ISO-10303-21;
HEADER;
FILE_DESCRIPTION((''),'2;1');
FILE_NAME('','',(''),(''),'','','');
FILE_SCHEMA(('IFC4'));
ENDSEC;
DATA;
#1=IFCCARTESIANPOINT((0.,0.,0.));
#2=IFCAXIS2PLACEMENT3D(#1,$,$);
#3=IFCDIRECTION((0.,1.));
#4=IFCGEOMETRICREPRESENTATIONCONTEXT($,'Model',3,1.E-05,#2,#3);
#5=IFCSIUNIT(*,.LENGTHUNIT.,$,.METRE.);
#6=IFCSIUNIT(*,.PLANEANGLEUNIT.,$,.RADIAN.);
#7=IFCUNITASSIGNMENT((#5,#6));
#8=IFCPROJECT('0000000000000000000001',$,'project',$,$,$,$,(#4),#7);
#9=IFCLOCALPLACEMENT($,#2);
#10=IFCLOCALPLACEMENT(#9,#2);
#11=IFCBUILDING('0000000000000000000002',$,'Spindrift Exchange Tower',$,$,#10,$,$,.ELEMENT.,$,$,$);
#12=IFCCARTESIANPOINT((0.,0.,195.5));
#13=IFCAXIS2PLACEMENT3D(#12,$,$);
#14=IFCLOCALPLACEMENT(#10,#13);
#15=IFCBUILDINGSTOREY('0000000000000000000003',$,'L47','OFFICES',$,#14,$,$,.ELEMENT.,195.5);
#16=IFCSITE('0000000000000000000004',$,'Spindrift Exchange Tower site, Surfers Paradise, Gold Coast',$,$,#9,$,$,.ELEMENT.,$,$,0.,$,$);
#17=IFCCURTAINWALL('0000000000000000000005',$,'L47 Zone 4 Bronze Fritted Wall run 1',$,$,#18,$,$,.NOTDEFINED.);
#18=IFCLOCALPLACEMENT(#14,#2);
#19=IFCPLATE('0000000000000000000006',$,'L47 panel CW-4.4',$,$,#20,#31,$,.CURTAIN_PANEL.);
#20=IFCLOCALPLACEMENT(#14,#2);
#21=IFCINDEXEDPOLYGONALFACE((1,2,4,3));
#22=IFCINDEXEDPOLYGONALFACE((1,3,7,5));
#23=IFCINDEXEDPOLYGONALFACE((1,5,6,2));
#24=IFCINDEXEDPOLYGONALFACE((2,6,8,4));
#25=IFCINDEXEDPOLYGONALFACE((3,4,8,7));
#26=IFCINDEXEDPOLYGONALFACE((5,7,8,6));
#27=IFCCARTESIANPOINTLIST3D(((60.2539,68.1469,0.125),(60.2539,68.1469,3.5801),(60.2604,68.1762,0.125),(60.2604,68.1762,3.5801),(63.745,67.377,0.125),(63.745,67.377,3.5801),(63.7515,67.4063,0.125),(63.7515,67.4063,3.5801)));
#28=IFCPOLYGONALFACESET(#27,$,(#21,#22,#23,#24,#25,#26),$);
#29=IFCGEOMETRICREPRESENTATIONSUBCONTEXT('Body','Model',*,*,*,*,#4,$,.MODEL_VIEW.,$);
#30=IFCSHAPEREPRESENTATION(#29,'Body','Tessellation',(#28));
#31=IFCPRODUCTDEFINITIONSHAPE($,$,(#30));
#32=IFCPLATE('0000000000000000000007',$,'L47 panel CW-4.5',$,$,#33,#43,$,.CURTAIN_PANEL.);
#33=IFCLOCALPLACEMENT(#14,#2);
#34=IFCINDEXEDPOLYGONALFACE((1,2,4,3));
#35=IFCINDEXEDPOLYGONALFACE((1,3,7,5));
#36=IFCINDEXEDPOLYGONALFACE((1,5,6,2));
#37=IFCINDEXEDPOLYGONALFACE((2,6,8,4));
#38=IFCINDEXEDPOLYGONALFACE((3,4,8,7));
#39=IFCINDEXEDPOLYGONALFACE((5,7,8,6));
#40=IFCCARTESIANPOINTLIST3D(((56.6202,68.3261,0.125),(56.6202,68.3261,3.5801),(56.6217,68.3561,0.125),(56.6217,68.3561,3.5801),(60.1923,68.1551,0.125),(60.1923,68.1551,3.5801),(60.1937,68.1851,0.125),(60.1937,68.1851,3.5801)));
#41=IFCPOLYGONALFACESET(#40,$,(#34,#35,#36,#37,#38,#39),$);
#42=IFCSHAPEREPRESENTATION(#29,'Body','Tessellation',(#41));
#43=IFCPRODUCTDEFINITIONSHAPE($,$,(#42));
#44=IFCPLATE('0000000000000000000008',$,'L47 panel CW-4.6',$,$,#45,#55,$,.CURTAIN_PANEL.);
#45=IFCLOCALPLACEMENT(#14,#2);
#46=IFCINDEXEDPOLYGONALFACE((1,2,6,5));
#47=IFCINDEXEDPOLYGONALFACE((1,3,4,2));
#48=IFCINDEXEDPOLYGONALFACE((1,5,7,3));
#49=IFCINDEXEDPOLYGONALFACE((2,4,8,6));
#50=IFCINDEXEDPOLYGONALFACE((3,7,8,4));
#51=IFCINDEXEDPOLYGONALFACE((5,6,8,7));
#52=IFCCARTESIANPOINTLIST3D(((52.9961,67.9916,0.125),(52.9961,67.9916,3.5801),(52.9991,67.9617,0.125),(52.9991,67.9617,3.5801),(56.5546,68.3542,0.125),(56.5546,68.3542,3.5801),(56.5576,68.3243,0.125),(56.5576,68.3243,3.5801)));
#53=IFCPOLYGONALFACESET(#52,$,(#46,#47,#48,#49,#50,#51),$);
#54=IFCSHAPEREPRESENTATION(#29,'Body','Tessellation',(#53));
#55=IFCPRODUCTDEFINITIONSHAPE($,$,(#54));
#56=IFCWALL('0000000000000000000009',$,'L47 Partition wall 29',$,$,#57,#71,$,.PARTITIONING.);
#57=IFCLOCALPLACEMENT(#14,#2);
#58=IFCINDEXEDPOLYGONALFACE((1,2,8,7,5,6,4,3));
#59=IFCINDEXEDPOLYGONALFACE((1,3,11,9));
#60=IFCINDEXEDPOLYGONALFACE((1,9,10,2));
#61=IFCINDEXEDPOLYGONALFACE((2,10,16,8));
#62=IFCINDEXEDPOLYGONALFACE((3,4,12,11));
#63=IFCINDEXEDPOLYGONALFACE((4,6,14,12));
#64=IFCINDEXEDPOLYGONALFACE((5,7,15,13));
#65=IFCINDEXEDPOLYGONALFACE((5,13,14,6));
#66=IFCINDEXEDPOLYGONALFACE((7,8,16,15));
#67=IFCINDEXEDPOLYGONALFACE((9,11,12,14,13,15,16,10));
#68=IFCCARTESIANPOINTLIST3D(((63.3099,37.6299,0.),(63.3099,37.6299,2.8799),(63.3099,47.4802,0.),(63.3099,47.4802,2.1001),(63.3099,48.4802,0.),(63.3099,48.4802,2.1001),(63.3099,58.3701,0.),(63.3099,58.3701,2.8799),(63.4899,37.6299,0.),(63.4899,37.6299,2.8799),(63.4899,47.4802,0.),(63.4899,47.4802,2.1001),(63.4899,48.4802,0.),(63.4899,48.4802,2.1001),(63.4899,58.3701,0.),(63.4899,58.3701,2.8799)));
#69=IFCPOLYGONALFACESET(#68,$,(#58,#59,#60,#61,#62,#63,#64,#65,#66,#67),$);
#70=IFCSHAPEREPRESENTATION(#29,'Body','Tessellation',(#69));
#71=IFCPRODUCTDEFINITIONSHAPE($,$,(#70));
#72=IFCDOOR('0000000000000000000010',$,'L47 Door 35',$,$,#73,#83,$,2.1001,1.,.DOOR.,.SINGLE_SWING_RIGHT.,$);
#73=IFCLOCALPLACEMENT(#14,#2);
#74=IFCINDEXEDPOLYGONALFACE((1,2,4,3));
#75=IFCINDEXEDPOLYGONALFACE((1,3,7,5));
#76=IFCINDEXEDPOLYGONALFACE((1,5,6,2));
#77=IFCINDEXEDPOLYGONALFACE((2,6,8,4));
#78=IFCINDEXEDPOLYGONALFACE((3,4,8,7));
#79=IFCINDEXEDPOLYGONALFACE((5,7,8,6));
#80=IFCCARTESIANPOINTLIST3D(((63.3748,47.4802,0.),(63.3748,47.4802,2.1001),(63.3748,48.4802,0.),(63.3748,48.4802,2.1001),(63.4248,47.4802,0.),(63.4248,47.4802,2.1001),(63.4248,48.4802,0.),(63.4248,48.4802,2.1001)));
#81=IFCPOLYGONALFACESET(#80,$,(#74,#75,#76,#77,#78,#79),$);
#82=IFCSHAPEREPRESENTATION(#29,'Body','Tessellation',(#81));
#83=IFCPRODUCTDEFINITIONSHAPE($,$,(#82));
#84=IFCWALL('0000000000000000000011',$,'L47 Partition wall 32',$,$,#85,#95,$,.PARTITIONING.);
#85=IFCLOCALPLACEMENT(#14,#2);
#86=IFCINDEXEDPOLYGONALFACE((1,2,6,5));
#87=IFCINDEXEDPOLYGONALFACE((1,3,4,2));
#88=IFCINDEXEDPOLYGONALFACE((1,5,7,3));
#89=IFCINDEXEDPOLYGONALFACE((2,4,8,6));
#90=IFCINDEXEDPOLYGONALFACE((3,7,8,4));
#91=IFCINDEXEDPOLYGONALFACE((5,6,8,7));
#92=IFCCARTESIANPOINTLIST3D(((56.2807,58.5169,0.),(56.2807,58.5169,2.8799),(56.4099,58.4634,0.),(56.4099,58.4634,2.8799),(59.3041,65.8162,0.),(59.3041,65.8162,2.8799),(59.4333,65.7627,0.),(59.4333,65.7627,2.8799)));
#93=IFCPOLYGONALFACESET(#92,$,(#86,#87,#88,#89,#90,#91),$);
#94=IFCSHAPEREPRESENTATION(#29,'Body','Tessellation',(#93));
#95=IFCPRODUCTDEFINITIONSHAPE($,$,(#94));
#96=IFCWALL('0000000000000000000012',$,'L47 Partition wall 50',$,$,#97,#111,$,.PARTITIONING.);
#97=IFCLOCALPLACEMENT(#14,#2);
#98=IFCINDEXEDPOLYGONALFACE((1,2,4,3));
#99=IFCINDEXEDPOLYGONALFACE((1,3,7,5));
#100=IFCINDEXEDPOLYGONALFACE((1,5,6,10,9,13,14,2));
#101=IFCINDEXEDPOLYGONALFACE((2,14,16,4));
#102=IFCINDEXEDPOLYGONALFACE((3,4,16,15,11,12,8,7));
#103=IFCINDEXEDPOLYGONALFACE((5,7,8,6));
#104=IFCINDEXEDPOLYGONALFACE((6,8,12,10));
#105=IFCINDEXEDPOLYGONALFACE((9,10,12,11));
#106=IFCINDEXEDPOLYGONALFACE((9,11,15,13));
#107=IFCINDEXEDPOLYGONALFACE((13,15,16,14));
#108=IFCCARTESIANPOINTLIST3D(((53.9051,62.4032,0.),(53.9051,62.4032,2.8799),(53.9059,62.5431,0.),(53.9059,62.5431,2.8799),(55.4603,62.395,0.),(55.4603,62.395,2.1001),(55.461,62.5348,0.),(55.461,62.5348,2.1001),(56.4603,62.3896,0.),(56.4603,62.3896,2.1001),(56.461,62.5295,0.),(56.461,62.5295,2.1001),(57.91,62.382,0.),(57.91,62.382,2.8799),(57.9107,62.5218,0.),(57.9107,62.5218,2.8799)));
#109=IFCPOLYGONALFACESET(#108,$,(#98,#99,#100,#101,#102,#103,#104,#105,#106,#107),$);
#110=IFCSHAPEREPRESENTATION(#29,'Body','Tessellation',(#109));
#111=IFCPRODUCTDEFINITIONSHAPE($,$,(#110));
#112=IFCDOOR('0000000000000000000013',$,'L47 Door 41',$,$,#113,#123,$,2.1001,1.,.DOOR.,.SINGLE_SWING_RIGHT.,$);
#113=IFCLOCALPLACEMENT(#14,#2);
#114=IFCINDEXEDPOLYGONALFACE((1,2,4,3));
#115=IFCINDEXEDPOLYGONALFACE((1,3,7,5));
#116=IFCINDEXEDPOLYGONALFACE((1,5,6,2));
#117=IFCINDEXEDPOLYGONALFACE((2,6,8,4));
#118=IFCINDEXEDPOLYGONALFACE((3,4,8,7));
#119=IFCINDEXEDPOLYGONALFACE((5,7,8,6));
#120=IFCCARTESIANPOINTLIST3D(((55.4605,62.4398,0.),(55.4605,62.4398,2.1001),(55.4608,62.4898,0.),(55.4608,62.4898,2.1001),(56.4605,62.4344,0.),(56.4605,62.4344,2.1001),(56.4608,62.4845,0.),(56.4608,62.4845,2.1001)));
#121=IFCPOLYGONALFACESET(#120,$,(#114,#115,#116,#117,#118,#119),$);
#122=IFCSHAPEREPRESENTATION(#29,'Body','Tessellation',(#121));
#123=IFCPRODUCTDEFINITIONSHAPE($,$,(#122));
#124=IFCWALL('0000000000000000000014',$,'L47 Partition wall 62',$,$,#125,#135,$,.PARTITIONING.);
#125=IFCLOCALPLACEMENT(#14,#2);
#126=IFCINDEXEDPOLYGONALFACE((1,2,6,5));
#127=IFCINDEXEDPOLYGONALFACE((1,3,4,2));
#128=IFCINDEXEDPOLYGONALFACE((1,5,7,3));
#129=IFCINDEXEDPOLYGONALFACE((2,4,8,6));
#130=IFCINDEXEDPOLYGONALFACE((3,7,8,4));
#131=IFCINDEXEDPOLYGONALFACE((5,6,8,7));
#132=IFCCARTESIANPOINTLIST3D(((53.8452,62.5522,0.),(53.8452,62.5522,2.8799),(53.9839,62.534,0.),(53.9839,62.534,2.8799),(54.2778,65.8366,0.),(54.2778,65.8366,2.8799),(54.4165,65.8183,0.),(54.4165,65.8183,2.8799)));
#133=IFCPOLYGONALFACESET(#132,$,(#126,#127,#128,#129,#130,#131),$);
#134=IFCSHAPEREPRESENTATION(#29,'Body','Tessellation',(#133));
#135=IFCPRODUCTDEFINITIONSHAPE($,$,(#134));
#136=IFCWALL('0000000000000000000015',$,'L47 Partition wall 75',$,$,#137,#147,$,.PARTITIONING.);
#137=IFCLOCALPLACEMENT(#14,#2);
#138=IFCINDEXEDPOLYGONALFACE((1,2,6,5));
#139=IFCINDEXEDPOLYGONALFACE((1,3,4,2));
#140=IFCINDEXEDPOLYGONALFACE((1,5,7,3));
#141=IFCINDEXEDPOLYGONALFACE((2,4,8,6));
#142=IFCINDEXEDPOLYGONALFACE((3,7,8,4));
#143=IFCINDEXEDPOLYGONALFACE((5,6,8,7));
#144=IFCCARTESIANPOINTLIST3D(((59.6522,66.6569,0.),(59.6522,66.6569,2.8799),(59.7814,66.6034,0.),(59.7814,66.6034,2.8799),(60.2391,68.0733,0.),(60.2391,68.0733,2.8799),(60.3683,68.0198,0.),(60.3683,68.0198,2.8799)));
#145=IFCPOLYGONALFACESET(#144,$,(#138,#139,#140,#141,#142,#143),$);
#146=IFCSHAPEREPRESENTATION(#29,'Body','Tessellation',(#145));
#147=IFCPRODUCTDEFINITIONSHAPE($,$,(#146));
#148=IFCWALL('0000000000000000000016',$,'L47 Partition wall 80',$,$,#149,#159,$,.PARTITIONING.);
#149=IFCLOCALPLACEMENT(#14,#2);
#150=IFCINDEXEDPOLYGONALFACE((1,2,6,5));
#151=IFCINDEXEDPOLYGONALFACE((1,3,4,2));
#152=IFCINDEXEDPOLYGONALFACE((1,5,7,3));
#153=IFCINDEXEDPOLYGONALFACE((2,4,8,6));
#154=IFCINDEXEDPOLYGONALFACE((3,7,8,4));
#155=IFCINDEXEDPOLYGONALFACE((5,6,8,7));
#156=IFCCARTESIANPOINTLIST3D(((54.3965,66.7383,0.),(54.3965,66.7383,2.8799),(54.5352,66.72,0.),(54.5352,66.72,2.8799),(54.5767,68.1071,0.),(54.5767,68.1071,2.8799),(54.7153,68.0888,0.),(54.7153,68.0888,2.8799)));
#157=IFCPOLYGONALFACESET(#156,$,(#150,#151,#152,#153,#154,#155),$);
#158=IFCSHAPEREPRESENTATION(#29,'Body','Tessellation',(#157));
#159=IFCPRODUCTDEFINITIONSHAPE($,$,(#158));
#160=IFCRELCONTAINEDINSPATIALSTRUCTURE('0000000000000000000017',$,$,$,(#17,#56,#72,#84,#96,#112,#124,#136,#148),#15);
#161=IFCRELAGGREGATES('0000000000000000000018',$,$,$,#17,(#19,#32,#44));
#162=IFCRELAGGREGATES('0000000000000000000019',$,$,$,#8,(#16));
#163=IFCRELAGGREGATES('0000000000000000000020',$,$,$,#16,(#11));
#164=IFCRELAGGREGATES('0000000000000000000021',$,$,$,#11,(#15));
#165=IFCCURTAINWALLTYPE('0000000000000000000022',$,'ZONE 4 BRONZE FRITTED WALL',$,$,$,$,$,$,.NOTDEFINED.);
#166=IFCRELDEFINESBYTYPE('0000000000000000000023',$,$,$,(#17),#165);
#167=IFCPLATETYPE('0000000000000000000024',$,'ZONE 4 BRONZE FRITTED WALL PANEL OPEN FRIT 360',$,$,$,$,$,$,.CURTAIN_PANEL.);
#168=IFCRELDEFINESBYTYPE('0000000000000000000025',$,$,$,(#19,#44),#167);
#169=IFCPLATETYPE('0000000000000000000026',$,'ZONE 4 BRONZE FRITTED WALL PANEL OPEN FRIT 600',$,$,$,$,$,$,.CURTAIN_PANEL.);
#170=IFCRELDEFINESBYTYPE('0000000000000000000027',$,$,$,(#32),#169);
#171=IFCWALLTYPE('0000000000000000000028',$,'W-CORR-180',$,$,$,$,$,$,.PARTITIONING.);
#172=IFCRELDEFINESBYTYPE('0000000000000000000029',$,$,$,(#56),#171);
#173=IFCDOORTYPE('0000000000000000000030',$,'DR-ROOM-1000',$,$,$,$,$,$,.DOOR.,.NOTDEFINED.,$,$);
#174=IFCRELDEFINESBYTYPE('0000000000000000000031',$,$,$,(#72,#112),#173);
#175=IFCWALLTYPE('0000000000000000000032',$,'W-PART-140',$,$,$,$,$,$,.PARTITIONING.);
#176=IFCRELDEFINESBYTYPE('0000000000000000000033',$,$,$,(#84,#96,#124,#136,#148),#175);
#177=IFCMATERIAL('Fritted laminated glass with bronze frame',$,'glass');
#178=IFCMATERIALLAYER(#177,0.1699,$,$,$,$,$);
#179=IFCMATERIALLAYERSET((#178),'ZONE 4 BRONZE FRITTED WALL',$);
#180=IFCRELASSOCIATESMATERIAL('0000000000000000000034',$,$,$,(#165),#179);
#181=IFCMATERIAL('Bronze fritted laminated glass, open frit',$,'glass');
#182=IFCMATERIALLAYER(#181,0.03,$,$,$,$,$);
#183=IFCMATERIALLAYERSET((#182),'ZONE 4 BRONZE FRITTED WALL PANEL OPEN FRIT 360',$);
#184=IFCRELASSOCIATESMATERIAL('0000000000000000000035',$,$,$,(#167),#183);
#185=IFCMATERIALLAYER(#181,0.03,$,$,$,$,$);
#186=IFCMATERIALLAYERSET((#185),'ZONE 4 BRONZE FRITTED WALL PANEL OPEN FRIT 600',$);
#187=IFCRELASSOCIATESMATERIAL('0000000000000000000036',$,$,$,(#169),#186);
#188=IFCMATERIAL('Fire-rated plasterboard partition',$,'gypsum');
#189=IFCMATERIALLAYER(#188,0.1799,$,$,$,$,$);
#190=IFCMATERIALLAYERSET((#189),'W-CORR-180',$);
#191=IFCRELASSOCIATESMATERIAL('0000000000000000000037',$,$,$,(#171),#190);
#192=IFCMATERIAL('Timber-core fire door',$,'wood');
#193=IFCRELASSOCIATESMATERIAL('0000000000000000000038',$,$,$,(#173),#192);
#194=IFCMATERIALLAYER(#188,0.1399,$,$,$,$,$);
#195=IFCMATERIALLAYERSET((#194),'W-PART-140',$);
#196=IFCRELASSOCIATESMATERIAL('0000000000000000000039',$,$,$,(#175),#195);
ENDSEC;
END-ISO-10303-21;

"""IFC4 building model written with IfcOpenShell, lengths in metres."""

from ifc_helpers import new_model, si_unit, direction, frame, frame_2d, origin, origin_2d, place, context, subcontext, project, spatial, rectangle, extrude, source, transform, mapped, material, layer, layer_set, type_object, element, fill, aggregate, save


model = new_model("IFC4")

# Units and contexts
model_context = context("Model", 3, precision=1e-05, world=origin(), true_north=direction((0.0, 1.0)))
body_context = subcontext(model_context, "Body", "Model", "MODEL_VIEW")
ifc_project = project(units=[si_unit("LENGTHUNIT", "METRE"), si_unit("PLANEANGLEUNIT", "RADIAN")], contexts=[model_context])

# Site, building, storey
site_placement = place(None, origin())
site = spatial("IfcSite", under=ifc_project, at=site_placement, Name="Spindrift Exchange Tower site, Surfers Paradise, Gold Coast", CompositionType="ELEMENT", RefElevation=0.0)
building_placement = place(site_placement, origin())
building = spatial("IfcBuilding", under=site, at=building_placement, Name="Spindrift Exchange Tower", CompositionType="ELEMENT")
storey_placement = place(building_placement, frame((0.0, 0.0, 195.5)))
storey = spatial("IfcBuildingStorey", under=building, at=storey_placement, Name="L47", Description="OFFICES", CompositionType="ELEMENT", Elevation=195.5)

# Curtain wall
ifc_material_1 = material(Name="Fritted laminated glass with bronze frame", Category="glass")
ifc_layer_1 = layer(ifc_material_1, 0.1699)
ifc_layer_set_1 = layer_set([ifc_layer_1], Name="ZONE 4 BRONZE FRITTED WALL")
curtain_wall_type = type_object("IfcCurtainWallType", Name="ZONE 4 BRONZE FRITTED WALL", PredefinedType="NOTDEFINED", material=ifc_layer_set_1)
curtain_wall_1_placement = place(storey_placement, origin())
curtain_wall_1 = element("IfcCurtainWall", 1, at=curtain_wall_1_placement, inside=storey, type_object=curtain_wall_type, Name="L47 Zone 4 Bronze Fritted Wall run 1", PredefinedType="NOTDEFINED")

# Plates
ifc_material_2 = material(Name="Bronze fritted laminated glass, open frit", Category="glass")
ifc_layer_2 = layer(ifc_material_2, 0.03)
ifc_layer_set_2 = layer_set([ifc_layer_2], Name="ZONE 4 BRONZE FRITTED WALL PANEL OPEN FRIT 360")
plate_type_1 = type_object("IfcPlateType", Name="ZONE 4 BRONZE FRITTED WALL PANEL OPEN FRIT 360", PredefinedType="CURTAIN_PANEL", material=ifc_layer_set_2)
shared_shape_1 = source(origin(), body_context, "Body", "SweptSolid", [
    extrude(rectangle(XDim=3.575, YDim=0.03, at=origin_2d()), origin(), (0.0, 0.0, 1.0), 3.4551),
])
plate_1_placement = place(storey_placement, frame((62.0027, 67.7766, 0.125), z_axis=(0.0, 0.0, 1.0), x_axis=(-0.976534, 0.215363, 0.0)))
plate_1 = element("IfcPlate", 2, at=plate_1_placement, type_object=plate_type_1, Name="L47 panel CW-4.4", PredefinedType="CURTAIN_PANEL", context=body_context, shape_type="MappedRepresentation", body=[
    mapped(shared_shape_1, transform((0.0, 0.0, 0.0), scale=1.0)),
])
ifc_layer_3 = layer(ifc_material_2, 0.03)
ifc_layer_set_3 = layer_set([ifc_layer_3], Name="ZONE 4 BRONZE FRITTED WALL PANEL OPEN FRIT 600")
plate_type_2 = type_object("IfcPlateType", Name="ZONE 4 BRONZE FRITTED WALL PANEL OPEN FRIT 600", PredefinedType="CURTAIN_PANEL", material=ifc_layer_set_3)
shared_shape_2 = source(origin(), body_context, "Body", "SweptSolid", [
    extrude(rectangle(XDim=3.5762, YDim=0.03, at=origin_2d()), origin(), (0.0, 0.0, 1.0), 3.4551),
])
plate_2_placement = place(storey_placement, frame((58.407, 68.2556, 0.125), z_axis=(0.0, 0.0, 1.0), x_axis=(-0.998856, 0.047816, 0.0)))
plate_2 = element("IfcPlate", 3, at=plate_2_placement, type_object=plate_type_2, Name="L47 panel CW-4.5", PredefinedType="CURTAIN_PANEL", context=body_context, shape_type="MappedRepresentation", body=[
    mapped(shared_shape_2, transform((0.0, 0.0, 0.0), scale=1.0)),
])
shared_shape_3 = source(origin(), body_context, "Body", "SweptSolid", [
    extrude(rectangle(XDim=3.5769, YDim=0.03, at=origin_2d()), origin(), (0.0, 0.0, 1.0), 3.4551),
])
plate_3_placement = place(storey_placement, frame((54.7769, 68.158, 0.125), z_axis=(0.0, 0.0, 1.0), x_axis=(-0.994848, -0.101378, 0.0)))
plate_3 = element("IfcPlate", 4, at=plate_3_placement, type_object=plate_type_1, Name="L47 panel CW-4.6", PredefinedType="CURTAIN_PANEL", context=body_context, shape_type="MappedRepresentation", body=[
    mapped(shared_shape_3, transform((0.0, 0.0, 0.0), scale=1.0)),
])
aggregate(curtain_wall_1, [plate_1, plate_2, plate_3])

# Wall, opening, door
ifc_material_3 = material(Name="Fire-rated plasterboard partition", Category="gypsum")
ifc_layer_4 = layer(ifc_material_3, 0.1799)
ifc_layer_set_4 = layer_set([ifc_layer_4], Name="W-CORR-180")
wall_type_1 = type_object("IfcWallType", Name="W-CORR-180", PredefinedType="PARTITIONING", material=ifc_layer_set_4)
wall_1_placement = place(storey_placement, frame((63.3999, 58.3701, 0.0), z_axis=(0.0, 0.0, 1.0), x_axis=(0.0, -1.0, 0.0)))
wall_1 = element("IfcWall", 5, at=wall_1_placement, inside=storey, type_object=wall_type_1, Name="L47 Partition wall 29", PredefinedType="PARTITIONING", context=body_context, shape_type="SweptSolid", body=[
    extrude(rectangle(XDim=20.7402, YDim=0.1799, at=frame_2d((10.3701, 0.0))), origin(), (0.0, 0.0, 1.0), 2.8799),
])
opening_1_placement = place(wall_1_placement, frame((9.8899, 0.0, 0.0)))
opening_1 = element("IfcOpeningElement", 6, at=opening_1_placement, cuts=wall_1, PredefinedType="OPENING", context=body_context, shape_type="SweptSolid", body=[
    extrude(rectangle(XDim=1.0, YDim=2.1001, at=frame_2d((0.5, 1.05))), frame((0.0, 0.0999, 0.0), z_axis=(0.0, -1.0, 0.0), x_axis=(1.0, 0.0, 0.0)), (0.0, 0.0, 1.0), 0.2),
])
ifc_material_4 = material(Name="Timber-core fire door", Category="wood")
door_type = type_object("IfcDoorType", Name="DR-ROOM-1000", OperationType="NOTDEFINED", PredefinedType="DOOR", material=ifc_material_4)
shared_shape_4 = source(origin(), body_context, "Body", "SweptSolid", [
    extrude(rectangle(XDim=1.0, YDim=2.1001, at=frame_2d((0.5, 1.05))), frame((0.0, 0.0249, 0.0), z_axis=(0.0, -1.0, 0.0), x_axis=(1.0, 0.0, 0.0)), (0.0, 0.0, 1.0), 0.05),
])
door_1_placement = place(opening_1_placement, origin())
door_1 = element("IfcDoor", 7, at=door_1_placement, inside=storey, type_object=door_type, Name="L47 Door 35", OperationType="SINGLE_SWING_RIGHT", OverallHeight=2.1001, OverallWidth=1.0, PredefinedType="DOOR", context=body_context, shape_type="MappedRepresentation", body=[
    mapped(shared_shape_4, transform((0.0, 0.0, 0.0), scale=1.0)),
])
fill(opening_1, door_1)

# Wall
ifc_layer_5 = layer(ifc_material_3, 0.1399)
ifc_layer_set_5 = layer_set([ifc_layer_5], Name="W-PART-140")
wall_type_2 = type_object("IfcWallType", Name="W-PART-140", PredefinedType="PARTITIONING", material=ifc_layer_set_5)
wall_2_placement = place(storey_placement, frame((59.3687, 65.7893, 0.0), z_axis=(0.0, 0.0, 1.0), x_axis=(-0.382679, -0.923881, 0.0)))
element("IfcWall", 8, at=wall_2_placement, inside=storey, type_object=wall_type_2, Name="L47 Partition wall 32", PredefinedType="PARTITIONING", context=body_context, shape_type="SweptSolid", body=[
    extrude(rectangle(XDim=7.9006, YDim=0.1399, at=frame_2d((3.9502, 0.0))), origin(), (0.0, 0.0, 1.0), 2.8799),
])

# Wall, opening, door
wall_3_placement = place(storey_placement, frame((53.9055, 62.4731, 0.0), z_axis=(0.0, 0.0, 1.0), x_axis=(0.999986, -0.005304, 0.0)))
wall_3 = element("IfcWall", 9, at=wall_3_placement, inside=storey, type_object=wall_type_2, Name="L47 Partition wall 50", PredefinedType="PARTITIONING", context=body_context, shape_type="SweptSolid", body=[
    extrude(rectangle(XDim=4.0049, YDim=0.1399, at=frame_2d((2.0024, 0.0))), origin(), (0.0, 0.0, 1.0), 2.8799),
])
opening_2_placement = place(wall_3_placement, frame((1.5552, 0.0, 0.0)))
opening_2 = element("IfcOpeningElement", 10, at=opening_2_placement, cuts=wall_3, PredefinedType="OPENING", context=body_context, shape_type="SweptSolid", body=[
    extrude(rectangle(XDim=1.0, YDim=2.1001, at=frame_2d((0.5, 1.05))), frame((0.0, 0.0798, 0.0), z_axis=(0.0, -1.0, 0.0), x_axis=(1.0, 0.0, 0.0)), (0.0, 0.0, 1.0), 0.1599),
])
door_2_placement = place(opening_2_placement, origin())
door_2 = element("IfcDoor", 11, at=door_2_placement, inside=storey, type_object=door_type, Name="L47 Door 41", OperationType="SINGLE_SWING_RIGHT", OverallHeight=2.1001, OverallWidth=1.0, PredefinedType="DOOR", context=body_context, shape_type="MappedRepresentation", body=[
    mapped(shared_shape_4, transform((0.0, 0.0, 0.0), scale=1.0)),
])
fill(opening_2, door_2)

# Walls
wall_4_placement = place(storey_placement, frame((53.9146, 62.5432, 0.0), z_axis=(0.0, 0.0, 1.0), x_axis=(0.13059, 0.991436, 0.0)))
element("IfcWall", 12, at=wall_4_placement, inside=storey, type_object=wall_type_2, Name="L47 Partition wall 62", PredefinedType="PARTITIONING", context=body_context, shape_type="SweptSolid", body=[
    extrude(rectangle(XDim=3.3127, YDim=0.1399, at=frame_2d((1.6562, 0.0))), origin(), (0.0, 0.0, 1.0), 2.8799),
])
wall_5_placement = place(storey_placement, frame((59.7168, 66.6301, 0.0), z_axis=(0.0, 0.0, 1.0), x_axis=(0.382783, 0.923838, 0.0)))
element("IfcWall", 13, at=wall_5_placement, inside=storey, type_object=wall_type_2, Name="L47 Partition wall 75", PredefinedType="PARTITIONING", context=body_context, shape_type="SweptSolid", body=[
    extrude(rectangle(XDim=1.5332, YDim=0.1399, at=frame_2d((0.7666, 0.0))), origin(), (0.0, 0.0, 1.0), 2.8799),
])
wall_6_placement = place(storey_placement, frame((54.4658, 66.729, 0.0), z_axis=(0.0, 0.0, 1.0), x_axis=(0.130496, 0.991449, 0.0)))
element("IfcWall", 14, at=wall_6_placement, inside=storey, type_object=wall_type_2, Name="L47 Partition wall 80", PredefinedType="PARTITIONING", context=body_context, shape_type="SweptSolid", body=[
    extrude(rectangle(XDim=1.3806, YDim=0.1399, at=frame_2d((0.6904, 0.0))), origin(), (0.0, 0.0, 1.0), 2.8799),
])

save(model, "model.ifc")
